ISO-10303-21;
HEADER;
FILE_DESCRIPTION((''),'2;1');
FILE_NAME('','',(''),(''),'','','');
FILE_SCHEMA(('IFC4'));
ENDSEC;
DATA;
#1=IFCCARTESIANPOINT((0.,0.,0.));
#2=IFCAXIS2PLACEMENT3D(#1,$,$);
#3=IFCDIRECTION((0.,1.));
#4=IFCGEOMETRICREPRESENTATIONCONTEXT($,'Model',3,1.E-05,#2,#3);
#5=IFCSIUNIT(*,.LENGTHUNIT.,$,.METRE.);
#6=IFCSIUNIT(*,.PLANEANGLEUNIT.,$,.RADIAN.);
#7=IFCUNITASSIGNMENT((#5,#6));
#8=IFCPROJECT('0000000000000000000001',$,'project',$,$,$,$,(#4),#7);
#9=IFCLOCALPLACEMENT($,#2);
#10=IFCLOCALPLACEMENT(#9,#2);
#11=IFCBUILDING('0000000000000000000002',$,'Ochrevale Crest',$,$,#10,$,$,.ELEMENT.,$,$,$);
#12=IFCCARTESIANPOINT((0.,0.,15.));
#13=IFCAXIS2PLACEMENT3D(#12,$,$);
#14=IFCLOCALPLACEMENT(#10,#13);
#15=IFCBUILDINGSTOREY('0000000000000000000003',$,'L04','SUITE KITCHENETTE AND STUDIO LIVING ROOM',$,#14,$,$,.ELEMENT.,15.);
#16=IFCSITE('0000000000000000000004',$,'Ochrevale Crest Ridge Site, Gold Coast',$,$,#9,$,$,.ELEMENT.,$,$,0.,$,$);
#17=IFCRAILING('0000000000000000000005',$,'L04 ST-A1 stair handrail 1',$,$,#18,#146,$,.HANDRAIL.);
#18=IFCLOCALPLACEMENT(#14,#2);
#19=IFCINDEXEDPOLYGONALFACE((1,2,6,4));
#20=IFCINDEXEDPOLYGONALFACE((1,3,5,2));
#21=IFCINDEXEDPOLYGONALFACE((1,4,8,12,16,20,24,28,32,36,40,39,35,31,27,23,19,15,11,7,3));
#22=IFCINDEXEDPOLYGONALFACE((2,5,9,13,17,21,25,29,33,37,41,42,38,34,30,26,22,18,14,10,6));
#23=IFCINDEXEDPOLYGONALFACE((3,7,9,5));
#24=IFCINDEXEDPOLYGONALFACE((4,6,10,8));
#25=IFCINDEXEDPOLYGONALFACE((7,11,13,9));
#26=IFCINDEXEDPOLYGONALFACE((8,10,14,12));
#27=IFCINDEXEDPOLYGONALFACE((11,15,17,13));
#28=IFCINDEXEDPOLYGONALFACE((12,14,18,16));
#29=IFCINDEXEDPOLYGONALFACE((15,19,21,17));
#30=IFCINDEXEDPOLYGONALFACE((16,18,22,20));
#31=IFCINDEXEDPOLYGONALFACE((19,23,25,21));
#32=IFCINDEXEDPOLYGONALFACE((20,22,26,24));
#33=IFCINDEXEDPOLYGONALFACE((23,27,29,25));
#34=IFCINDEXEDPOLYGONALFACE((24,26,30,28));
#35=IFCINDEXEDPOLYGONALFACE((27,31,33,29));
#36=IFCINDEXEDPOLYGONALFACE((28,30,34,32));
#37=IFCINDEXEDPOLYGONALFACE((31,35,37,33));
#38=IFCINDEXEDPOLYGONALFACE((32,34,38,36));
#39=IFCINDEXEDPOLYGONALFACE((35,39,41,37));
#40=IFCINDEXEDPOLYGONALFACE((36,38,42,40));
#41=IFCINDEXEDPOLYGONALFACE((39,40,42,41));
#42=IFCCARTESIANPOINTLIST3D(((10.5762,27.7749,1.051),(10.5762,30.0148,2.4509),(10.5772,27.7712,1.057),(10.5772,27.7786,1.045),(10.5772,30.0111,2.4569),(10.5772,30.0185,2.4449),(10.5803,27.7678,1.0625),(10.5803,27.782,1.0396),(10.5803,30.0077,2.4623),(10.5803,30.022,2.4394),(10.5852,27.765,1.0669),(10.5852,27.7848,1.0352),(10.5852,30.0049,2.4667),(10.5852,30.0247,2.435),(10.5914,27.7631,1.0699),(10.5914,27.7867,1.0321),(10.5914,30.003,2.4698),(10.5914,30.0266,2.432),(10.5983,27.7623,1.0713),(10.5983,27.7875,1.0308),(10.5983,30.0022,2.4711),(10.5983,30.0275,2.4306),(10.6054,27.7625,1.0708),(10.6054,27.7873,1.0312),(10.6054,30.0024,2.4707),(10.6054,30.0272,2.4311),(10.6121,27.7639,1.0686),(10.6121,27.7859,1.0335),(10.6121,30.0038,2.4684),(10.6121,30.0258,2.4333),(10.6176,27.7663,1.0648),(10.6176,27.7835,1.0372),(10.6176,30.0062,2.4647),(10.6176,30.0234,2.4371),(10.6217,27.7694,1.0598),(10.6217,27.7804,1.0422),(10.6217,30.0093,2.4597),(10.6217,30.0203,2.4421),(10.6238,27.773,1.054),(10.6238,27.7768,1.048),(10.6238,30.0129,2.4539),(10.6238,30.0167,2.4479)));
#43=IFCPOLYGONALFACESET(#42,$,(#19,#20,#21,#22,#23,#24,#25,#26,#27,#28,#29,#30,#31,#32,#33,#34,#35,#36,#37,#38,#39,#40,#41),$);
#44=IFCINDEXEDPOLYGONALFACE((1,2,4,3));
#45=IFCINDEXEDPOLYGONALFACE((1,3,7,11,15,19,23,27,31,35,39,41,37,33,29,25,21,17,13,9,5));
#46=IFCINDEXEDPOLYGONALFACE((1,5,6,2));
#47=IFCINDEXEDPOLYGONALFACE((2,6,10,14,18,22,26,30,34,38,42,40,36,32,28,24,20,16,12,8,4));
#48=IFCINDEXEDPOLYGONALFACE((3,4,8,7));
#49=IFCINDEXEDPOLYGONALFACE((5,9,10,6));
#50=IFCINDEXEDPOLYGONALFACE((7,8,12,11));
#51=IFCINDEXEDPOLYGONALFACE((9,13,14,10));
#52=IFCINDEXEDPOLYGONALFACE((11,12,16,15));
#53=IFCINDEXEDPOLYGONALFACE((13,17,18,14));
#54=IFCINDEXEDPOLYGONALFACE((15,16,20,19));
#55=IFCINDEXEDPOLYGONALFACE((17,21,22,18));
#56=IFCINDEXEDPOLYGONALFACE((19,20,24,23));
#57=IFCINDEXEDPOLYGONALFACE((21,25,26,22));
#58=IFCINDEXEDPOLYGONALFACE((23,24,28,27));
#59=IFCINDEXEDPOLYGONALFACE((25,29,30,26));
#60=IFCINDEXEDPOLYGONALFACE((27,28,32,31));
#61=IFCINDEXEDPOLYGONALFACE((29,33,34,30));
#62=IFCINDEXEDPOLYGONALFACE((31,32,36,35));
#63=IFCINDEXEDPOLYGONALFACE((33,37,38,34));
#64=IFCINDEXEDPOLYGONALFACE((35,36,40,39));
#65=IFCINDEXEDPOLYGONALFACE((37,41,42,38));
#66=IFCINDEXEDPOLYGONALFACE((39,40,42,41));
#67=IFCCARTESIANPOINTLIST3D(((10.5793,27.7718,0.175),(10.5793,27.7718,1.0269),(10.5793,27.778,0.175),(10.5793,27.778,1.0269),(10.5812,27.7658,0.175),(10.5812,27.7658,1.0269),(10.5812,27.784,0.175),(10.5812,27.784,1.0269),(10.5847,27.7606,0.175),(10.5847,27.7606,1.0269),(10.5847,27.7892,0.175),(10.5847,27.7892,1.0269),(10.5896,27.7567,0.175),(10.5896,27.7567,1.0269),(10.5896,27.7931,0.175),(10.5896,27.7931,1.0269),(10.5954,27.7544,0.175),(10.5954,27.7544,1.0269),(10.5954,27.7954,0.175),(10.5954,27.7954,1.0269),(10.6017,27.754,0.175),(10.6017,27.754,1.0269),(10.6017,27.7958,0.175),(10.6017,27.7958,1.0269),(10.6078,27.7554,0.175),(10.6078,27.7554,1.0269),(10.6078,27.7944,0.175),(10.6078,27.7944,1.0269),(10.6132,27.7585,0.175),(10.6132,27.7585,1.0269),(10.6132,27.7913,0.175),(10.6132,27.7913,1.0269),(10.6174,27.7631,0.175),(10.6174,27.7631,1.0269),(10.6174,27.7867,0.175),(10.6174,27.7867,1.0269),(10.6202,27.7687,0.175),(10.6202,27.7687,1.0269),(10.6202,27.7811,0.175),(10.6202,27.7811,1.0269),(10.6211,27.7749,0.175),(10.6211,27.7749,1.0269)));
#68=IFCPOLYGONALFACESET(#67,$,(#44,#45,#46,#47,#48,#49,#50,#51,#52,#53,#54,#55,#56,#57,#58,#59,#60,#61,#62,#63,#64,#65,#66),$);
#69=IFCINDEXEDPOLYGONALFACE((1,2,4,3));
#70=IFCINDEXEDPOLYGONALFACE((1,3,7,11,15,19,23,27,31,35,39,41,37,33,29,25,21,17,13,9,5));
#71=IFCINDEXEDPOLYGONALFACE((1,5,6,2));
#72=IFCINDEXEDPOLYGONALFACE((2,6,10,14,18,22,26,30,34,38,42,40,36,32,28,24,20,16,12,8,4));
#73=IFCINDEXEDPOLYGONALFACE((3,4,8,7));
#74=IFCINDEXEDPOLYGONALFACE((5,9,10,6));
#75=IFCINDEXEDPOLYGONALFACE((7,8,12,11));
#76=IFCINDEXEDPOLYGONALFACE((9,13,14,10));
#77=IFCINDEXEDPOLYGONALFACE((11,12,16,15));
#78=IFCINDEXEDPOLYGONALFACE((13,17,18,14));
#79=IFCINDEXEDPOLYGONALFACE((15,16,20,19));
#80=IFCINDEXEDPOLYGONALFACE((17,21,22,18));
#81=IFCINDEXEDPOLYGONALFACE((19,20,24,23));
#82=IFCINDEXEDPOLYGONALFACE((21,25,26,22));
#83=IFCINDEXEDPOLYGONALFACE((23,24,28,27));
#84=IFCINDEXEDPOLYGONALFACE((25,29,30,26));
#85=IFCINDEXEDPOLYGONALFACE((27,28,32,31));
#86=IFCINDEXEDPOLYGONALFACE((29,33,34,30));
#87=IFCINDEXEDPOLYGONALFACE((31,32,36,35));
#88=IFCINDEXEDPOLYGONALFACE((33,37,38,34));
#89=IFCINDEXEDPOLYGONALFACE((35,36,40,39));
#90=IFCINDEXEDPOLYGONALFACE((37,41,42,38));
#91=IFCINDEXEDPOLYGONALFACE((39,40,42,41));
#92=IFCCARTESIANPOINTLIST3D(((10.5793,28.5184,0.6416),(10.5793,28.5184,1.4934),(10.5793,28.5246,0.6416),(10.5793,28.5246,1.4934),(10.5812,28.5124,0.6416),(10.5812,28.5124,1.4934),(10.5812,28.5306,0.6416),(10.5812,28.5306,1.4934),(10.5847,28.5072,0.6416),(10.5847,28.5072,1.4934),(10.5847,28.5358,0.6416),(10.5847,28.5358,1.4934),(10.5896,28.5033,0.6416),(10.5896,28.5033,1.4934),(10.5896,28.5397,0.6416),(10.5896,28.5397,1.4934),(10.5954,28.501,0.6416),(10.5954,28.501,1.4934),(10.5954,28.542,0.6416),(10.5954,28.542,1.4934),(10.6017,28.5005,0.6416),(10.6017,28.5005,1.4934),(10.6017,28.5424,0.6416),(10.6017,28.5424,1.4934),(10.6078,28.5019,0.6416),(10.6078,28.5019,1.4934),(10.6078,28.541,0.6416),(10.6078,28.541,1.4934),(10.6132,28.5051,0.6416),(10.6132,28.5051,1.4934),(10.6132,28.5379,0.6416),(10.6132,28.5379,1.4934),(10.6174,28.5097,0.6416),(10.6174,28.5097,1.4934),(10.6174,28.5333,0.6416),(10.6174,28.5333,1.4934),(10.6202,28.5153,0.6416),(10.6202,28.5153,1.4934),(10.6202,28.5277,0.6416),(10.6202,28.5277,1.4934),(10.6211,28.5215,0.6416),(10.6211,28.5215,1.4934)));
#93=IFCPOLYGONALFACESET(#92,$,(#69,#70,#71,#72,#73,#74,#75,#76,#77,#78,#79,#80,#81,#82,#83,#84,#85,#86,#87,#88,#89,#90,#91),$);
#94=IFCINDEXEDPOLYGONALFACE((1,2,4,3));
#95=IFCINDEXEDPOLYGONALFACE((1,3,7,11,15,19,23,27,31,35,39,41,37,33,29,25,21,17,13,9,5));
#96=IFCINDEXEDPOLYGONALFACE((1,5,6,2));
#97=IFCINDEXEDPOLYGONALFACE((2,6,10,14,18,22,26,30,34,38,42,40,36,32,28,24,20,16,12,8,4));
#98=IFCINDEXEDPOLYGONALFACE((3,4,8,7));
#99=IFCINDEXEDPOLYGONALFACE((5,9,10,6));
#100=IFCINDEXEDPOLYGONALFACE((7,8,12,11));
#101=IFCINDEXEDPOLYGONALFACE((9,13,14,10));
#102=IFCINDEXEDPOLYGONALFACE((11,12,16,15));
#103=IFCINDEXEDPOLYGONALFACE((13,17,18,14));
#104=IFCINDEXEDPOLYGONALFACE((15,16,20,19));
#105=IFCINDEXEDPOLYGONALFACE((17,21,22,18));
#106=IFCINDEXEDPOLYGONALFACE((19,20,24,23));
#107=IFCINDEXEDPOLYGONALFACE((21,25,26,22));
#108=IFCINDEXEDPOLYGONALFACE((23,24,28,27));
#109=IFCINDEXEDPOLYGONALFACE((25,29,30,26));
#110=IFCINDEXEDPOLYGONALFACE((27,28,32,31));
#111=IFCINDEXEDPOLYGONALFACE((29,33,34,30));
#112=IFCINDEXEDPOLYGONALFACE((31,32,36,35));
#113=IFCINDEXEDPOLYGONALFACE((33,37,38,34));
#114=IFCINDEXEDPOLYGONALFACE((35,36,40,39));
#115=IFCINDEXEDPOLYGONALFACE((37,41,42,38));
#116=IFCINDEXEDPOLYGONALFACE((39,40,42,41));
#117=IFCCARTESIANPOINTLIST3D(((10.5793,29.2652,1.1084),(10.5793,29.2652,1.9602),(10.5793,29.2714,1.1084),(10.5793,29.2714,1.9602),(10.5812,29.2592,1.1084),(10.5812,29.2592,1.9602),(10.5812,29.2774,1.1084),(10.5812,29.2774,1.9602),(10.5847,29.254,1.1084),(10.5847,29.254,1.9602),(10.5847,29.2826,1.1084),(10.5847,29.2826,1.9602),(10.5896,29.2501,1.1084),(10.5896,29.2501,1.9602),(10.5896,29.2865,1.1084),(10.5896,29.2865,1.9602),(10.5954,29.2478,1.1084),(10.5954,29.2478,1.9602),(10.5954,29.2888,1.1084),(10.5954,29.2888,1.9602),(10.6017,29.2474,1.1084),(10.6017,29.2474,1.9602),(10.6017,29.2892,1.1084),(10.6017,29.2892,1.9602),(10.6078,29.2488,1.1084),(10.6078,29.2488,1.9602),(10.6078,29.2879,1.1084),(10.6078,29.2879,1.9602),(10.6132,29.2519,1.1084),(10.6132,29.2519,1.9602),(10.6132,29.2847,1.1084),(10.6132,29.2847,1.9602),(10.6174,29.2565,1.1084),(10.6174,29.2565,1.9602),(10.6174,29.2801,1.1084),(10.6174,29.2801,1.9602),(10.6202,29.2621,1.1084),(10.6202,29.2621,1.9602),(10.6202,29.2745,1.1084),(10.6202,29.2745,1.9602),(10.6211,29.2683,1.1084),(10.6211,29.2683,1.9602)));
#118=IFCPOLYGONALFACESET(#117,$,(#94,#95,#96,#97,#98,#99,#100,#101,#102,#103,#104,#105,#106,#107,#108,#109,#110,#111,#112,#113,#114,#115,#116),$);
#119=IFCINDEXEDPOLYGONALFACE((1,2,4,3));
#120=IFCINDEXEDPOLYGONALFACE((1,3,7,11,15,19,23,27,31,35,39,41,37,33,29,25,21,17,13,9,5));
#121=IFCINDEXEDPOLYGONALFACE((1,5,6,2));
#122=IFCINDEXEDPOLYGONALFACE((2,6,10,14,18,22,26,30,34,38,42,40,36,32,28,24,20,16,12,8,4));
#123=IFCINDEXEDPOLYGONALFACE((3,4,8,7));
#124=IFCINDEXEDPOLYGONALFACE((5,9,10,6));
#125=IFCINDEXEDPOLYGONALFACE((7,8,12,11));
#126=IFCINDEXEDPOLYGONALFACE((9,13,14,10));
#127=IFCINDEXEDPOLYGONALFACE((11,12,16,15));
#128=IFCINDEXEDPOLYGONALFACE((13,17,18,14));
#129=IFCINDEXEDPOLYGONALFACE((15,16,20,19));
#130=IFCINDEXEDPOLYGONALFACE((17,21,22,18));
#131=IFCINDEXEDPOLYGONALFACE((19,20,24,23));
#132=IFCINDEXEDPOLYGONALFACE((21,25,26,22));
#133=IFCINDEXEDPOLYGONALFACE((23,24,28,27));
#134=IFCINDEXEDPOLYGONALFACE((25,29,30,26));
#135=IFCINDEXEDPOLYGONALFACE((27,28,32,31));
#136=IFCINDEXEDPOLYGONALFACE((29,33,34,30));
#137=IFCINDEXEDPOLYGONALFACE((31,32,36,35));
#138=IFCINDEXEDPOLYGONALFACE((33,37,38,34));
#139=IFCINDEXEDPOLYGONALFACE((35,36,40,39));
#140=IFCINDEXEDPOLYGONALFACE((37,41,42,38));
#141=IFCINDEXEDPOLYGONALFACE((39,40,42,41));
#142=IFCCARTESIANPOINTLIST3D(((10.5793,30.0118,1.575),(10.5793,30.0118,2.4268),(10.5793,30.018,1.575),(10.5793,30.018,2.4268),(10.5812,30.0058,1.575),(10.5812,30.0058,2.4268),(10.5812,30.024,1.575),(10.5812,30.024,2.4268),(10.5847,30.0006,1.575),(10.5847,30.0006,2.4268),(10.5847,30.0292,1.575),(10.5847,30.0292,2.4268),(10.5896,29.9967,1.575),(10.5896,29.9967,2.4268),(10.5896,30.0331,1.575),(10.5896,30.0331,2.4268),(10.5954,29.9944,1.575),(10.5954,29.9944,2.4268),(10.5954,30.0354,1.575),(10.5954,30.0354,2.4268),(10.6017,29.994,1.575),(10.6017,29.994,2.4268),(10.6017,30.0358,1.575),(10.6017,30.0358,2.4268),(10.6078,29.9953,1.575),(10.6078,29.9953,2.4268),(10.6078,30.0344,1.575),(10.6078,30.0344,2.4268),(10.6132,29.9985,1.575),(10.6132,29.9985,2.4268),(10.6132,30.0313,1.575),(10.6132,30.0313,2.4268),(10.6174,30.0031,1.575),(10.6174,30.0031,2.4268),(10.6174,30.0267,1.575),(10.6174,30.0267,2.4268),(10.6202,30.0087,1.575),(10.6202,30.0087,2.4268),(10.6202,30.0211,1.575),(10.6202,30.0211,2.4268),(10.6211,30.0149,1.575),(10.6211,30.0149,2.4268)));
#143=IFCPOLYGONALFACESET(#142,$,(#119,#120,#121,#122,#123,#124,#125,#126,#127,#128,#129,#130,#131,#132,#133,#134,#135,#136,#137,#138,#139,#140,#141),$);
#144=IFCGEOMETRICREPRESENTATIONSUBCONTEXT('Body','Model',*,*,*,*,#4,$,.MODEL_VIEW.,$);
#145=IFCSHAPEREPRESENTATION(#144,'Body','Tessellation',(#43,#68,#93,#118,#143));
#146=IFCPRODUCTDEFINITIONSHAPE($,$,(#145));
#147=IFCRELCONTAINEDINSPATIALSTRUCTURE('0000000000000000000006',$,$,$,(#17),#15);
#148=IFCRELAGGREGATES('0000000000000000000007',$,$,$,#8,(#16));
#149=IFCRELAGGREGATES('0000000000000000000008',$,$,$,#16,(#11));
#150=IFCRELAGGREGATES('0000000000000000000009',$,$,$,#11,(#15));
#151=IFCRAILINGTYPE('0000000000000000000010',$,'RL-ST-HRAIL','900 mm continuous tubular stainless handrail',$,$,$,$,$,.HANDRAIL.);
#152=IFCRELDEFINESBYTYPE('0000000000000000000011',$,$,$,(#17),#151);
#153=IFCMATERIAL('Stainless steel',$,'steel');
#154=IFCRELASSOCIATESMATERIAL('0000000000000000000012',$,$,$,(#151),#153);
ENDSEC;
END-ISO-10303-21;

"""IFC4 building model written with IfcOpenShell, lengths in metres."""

from ifc_helpers import new_model, si_unit, direction, frame, origin, origin_2d, place, context, subcontext, project, spatial, circle, extrude, material, type_object, element, save


model = new_model("IFC4")

# Units and contexts
model_context = context("Model", 3, precision=1e-05, world=origin(), true_north=direction((0.0, 1.0)))
body_context = subcontext(model_context, "Body", "Model", "MODEL_VIEW")
ifc_project = project(units=[si_unit("LENGTHUNIT", "METRE"), si_unit("PLANEANGLEUNIT", "RADIAN")], contexts=[model_context])

# Site, building, storey
site_placement = place(None, origin())
site = spatial("IfcSite", under=ifc_project, at=site_placement, Name="Ochrevale Crest Ridge Site, Gold Coast", CompositionType="ELEMENT", RefElevation=0.0)
building_placement = place(site_placement, origin())
building = spatial("IfcBuilding", under=site, at=building_placement, Name="Ochrevale Crest", CompositionType="ELEMENT")
storey_placement = place(building_placement, frame((0.0, 0.0, 15.0)))
storey = spatial("IfcBuildingStorey", under=building, at=storey_placement, Name="L04", Description="SUITE KITCHENETTE AND STUDIO LIVING ROOM", CompositionType="ELEMENT", Elevation=15.0)

# Railing
ifc_material_1 = material(Name="Stainless steel", Category="steel")
railing_type_1 = type_object("IfcRailingType", Name="RL-ST-HRAIL", Description="900 mm continuous tubular stainless handrail", PredefinedType="HANDRAIL", material=ifc_material_1)
railing_1_placement = place(storey_placement, frame((10.6001, 27.7749, 0.175)))
element("IfcRailing", 1, at=railing_1_placement, inside=storey, type_object=railing_type_1, Name="L04 ST-A1 stair handrail 1", PredefinedType="HANDRAIL", context=body_context, shape_type="SweptSolid", body=[
    extrude(circle(Radius=0.0239, at=origin_2d()), frame((0.0, 0.0, 0.876), z_axis=(0.0, 0.848014, 0.529974), x_axis=(-1.0, 0.0, 0.0)), (0.0, 0.0, 1.0), 2.6414),
    extrude(circle(Radius=0.021, at=origin_2d()), origin(), (0.0, 0.0, 1.0), 0.8518),
    extrude(circle(Radius=0.021, at=origin_2d()), frame((0.0, 0.7466, 0.4666)), (0.0, 0.0, 1.0), 0.8518),
    extrude(circle(Radius=0.021, at=origin_2d()), frame((0.0, 1.4934, 0.9333)), (0.0, 0.0, 1.0), 0.8518),
    extrude(circle(Radius=0.021, at=origin_2d()), frame((0.0, 2.24, 1.3999)), (0.0, 0.0, 1.0), 0.8518),
])

save(model, "model.ifc")
